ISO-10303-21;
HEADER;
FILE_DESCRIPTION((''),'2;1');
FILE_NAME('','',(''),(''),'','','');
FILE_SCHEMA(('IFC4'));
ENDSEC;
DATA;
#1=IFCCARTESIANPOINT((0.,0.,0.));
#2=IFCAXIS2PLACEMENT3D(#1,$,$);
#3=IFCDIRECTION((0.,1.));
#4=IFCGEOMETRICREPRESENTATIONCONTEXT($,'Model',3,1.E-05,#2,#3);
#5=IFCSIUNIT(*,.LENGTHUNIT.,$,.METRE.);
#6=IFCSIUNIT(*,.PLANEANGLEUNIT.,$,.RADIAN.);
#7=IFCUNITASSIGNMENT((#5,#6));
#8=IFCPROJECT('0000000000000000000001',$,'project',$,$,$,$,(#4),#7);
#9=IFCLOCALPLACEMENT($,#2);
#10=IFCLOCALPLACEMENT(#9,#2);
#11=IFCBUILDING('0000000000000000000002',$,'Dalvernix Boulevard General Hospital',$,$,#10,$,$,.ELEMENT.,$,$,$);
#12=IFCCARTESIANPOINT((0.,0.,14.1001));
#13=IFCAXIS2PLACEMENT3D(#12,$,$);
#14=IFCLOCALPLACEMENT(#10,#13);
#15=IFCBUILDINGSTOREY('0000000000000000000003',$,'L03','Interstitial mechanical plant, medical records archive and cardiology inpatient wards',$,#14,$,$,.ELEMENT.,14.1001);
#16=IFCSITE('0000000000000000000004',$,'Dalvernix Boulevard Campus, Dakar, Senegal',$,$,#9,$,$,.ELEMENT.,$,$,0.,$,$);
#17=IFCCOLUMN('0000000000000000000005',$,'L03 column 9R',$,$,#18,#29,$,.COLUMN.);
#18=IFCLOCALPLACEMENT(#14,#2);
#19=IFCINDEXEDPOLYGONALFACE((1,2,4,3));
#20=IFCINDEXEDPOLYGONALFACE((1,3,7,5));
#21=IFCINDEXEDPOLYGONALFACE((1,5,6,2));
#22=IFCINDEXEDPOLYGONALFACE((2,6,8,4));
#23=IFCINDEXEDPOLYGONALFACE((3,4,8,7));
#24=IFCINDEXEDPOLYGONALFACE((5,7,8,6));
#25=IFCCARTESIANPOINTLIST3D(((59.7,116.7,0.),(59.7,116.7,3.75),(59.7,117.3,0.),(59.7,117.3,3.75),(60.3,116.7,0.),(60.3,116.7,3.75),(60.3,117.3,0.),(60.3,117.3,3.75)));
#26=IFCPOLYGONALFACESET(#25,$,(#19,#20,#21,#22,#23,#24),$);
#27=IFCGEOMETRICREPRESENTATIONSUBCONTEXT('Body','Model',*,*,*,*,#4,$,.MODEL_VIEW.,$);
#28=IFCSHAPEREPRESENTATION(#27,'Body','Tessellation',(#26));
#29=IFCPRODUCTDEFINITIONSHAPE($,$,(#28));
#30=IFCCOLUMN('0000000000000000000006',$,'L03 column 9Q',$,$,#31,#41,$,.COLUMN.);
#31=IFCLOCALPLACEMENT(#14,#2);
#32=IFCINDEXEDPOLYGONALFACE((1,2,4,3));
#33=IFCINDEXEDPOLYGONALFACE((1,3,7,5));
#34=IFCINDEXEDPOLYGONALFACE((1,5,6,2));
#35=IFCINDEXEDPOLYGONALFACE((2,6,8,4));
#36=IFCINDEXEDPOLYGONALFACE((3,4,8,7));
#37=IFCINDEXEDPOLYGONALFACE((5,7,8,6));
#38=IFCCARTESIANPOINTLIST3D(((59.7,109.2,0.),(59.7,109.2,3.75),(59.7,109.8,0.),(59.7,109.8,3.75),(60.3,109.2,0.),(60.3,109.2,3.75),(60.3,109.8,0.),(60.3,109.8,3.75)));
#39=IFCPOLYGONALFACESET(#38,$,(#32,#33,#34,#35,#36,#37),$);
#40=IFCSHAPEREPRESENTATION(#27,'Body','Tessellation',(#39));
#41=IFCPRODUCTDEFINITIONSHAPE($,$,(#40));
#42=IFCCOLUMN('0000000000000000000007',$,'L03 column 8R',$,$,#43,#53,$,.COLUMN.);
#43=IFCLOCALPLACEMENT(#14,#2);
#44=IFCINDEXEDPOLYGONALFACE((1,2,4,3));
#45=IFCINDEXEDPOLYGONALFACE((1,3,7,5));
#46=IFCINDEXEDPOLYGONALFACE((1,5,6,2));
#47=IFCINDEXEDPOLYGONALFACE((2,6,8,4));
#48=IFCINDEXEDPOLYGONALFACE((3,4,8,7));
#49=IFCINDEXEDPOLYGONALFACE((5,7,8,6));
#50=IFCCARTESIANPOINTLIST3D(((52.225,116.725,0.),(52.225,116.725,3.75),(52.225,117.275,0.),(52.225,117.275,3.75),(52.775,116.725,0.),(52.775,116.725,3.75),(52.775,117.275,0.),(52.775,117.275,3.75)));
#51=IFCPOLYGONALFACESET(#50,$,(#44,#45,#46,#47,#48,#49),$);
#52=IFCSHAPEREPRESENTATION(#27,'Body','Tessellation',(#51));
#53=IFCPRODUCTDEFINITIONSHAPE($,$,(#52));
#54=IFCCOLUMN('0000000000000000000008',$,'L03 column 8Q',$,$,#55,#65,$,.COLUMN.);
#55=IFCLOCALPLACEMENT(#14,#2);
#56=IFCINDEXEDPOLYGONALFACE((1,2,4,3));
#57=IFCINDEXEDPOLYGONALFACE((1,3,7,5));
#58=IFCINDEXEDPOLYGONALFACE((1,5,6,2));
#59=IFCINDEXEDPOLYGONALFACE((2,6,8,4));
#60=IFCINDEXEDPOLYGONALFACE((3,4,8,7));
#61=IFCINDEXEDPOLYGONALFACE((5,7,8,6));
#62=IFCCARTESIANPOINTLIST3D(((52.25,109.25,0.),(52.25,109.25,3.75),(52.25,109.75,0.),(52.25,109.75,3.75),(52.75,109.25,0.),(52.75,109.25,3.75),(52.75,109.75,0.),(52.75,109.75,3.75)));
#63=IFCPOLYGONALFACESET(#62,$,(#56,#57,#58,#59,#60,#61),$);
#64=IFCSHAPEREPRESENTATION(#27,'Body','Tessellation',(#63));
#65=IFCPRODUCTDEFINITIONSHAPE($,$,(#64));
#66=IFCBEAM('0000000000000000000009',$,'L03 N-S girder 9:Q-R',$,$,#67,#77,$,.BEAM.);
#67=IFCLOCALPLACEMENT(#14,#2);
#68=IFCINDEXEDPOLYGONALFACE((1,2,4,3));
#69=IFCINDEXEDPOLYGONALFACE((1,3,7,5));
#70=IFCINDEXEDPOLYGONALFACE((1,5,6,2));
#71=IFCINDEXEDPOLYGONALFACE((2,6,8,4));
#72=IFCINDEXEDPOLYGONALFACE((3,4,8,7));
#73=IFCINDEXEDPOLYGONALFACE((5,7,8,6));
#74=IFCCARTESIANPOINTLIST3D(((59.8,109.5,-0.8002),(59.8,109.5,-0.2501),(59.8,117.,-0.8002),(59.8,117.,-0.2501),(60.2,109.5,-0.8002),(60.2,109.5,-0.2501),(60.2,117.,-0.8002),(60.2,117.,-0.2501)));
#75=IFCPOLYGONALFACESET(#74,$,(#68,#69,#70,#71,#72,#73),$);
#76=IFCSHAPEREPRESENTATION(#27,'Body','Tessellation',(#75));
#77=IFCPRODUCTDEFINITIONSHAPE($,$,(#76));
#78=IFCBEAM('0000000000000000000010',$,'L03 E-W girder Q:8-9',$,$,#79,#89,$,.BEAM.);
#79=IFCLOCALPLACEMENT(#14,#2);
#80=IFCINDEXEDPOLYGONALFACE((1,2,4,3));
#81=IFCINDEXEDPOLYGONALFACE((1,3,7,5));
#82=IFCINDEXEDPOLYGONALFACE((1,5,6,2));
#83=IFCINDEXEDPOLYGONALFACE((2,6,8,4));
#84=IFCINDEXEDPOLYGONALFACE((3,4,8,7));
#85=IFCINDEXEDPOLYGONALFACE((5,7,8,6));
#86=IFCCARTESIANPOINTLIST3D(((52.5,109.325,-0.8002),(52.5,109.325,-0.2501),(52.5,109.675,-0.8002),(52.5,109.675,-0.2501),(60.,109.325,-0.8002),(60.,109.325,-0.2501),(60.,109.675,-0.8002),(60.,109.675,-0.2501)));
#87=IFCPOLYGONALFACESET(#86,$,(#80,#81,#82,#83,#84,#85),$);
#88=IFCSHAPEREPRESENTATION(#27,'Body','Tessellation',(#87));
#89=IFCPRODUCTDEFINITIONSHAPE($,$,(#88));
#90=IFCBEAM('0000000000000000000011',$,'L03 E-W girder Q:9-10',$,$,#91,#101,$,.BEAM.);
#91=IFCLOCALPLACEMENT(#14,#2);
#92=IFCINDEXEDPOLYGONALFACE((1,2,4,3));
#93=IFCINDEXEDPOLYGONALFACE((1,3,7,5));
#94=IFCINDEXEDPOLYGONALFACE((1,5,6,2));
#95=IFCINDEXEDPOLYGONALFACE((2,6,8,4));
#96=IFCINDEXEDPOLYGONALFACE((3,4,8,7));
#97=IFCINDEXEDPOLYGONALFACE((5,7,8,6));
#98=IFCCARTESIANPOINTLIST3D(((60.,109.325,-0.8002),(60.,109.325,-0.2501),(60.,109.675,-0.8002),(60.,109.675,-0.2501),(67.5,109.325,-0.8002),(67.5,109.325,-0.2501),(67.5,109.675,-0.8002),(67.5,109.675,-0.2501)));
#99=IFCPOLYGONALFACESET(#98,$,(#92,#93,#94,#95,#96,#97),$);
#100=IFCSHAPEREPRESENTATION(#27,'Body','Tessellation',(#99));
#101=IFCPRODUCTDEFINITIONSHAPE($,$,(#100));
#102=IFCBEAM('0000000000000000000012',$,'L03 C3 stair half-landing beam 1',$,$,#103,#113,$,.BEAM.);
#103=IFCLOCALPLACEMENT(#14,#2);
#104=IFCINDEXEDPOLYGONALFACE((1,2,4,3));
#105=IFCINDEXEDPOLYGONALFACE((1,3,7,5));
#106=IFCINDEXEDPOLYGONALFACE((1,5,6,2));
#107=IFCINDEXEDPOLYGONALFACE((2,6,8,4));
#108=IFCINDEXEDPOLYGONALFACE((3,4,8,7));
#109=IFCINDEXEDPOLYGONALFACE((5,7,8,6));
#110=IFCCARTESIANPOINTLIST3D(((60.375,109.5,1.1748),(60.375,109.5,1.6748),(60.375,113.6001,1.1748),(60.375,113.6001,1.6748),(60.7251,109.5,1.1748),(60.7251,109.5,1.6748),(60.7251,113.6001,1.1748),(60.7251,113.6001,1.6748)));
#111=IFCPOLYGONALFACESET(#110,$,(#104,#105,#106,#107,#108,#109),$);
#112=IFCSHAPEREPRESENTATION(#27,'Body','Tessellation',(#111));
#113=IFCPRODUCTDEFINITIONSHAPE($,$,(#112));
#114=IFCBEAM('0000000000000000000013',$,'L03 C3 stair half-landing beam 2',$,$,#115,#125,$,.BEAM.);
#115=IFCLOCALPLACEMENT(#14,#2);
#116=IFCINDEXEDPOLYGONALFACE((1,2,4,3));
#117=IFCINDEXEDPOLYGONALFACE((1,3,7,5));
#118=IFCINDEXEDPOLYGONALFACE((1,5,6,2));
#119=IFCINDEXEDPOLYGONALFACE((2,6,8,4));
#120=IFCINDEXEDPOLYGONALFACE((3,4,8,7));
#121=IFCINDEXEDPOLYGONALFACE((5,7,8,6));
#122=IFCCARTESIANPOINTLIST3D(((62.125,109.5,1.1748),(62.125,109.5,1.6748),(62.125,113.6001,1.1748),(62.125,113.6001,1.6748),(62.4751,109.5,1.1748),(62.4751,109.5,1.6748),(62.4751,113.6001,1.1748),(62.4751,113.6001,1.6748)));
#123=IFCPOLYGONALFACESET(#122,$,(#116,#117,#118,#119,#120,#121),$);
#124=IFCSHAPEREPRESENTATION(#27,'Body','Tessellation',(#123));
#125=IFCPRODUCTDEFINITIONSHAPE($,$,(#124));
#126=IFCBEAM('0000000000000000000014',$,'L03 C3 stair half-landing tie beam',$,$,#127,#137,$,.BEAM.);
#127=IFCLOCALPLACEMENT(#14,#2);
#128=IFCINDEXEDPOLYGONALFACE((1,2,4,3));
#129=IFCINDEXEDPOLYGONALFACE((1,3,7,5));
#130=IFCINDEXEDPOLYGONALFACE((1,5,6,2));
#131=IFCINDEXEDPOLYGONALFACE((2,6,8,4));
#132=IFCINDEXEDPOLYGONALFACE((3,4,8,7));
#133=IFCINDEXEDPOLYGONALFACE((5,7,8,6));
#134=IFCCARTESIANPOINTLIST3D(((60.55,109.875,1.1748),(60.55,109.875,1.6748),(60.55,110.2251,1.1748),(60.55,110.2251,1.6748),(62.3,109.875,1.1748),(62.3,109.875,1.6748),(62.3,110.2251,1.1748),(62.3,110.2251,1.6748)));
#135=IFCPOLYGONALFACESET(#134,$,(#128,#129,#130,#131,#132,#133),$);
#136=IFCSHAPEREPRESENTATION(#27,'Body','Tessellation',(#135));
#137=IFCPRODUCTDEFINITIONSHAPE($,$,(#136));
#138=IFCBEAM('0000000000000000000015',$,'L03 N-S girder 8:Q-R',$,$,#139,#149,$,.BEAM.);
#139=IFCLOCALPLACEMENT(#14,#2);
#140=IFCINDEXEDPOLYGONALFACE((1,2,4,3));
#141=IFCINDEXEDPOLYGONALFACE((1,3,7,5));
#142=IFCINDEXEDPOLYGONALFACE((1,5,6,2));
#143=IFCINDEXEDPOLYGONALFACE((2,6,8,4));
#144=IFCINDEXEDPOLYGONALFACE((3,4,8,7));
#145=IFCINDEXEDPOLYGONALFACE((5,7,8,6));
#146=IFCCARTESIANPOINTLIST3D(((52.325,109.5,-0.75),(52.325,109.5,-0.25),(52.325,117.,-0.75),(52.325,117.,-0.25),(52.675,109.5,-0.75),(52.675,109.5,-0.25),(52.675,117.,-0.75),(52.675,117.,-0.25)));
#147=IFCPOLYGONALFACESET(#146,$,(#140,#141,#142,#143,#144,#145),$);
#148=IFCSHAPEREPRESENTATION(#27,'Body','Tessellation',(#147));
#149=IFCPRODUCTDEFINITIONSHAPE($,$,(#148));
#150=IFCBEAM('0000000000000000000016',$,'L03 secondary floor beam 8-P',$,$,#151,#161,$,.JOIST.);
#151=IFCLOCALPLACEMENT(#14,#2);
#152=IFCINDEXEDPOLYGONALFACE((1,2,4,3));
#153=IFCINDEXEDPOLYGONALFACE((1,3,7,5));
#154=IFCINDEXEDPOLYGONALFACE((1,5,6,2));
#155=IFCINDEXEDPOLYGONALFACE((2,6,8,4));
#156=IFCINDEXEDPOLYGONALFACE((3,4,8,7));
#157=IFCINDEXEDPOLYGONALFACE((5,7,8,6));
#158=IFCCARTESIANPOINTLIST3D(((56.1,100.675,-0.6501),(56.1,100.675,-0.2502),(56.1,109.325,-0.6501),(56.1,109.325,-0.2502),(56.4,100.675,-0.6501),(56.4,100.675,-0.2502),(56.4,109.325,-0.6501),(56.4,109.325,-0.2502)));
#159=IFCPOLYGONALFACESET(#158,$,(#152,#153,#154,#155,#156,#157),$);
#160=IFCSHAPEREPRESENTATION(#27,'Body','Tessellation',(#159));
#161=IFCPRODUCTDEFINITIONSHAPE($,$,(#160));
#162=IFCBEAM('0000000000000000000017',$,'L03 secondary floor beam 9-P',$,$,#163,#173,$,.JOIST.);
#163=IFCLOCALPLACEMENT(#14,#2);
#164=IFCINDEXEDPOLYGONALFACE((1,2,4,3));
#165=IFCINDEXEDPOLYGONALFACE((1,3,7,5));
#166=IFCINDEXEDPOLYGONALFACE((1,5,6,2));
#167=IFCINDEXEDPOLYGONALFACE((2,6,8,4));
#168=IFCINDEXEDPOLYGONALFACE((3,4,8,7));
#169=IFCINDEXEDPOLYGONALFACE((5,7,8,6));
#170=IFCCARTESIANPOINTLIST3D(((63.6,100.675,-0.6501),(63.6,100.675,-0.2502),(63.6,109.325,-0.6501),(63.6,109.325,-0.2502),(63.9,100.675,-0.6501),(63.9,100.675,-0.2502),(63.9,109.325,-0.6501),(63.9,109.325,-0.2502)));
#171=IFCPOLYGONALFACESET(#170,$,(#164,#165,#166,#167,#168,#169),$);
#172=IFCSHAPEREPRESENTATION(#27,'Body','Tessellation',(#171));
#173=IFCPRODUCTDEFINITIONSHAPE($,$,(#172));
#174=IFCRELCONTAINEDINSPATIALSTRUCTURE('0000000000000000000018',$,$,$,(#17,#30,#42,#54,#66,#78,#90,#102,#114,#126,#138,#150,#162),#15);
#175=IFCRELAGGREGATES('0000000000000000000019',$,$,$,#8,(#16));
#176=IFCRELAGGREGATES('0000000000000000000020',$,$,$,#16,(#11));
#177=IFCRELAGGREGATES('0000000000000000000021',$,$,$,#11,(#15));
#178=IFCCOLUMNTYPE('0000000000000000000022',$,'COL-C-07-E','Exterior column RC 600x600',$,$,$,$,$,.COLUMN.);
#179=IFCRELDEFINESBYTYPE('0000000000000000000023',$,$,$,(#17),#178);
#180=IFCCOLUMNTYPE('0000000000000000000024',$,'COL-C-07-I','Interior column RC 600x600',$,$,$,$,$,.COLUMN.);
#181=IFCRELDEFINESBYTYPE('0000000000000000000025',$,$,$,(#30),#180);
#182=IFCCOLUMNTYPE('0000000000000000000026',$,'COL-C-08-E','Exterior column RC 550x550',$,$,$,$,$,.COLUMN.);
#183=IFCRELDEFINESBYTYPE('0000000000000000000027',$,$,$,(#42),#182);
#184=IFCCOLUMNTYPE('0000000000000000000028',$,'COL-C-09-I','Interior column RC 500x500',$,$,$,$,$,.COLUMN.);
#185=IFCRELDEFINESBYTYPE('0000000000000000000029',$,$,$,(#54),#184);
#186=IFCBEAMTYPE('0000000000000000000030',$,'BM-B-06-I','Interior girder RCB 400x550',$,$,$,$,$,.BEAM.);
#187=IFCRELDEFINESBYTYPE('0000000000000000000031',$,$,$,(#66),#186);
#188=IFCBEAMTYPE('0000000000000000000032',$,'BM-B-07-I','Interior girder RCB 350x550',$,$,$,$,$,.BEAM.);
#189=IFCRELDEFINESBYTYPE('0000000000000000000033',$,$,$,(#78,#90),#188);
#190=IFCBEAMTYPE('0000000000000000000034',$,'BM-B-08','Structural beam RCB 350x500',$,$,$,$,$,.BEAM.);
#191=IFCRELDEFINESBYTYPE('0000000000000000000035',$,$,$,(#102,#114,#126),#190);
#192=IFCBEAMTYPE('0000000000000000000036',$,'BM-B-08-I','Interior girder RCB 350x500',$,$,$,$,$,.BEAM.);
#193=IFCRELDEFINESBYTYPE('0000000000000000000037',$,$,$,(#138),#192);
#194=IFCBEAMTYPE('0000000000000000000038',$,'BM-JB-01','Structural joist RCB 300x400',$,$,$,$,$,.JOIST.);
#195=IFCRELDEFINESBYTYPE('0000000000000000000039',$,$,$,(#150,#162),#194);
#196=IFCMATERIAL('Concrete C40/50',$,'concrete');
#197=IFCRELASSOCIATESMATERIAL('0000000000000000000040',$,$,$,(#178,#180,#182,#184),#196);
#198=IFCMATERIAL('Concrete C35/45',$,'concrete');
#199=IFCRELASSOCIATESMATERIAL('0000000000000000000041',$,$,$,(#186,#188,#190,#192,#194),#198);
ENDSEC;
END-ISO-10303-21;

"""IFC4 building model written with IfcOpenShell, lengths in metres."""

from ifc_helpers import new_model, si_unit, direction, frame, origin, origin_2d, place, context, subcontext, project, spatial, rectangle, extrude, material, material_profile, profile_set, type_object, element, save


model = new_model("IFC4")

# Units and contexts
model_context = context("Model", 3, precision=1e-05, world=origin(), true_north=direction((0.0, 1.0)))
body_context = subcontext(model_context, "Body", "Model", "MODEL_VIEW")
ifc_project = project(units=[si_unit("LENGTHUNIT", "METRE"), si_unit("PLANEANGLEUNIT", "RADIAN")], contexts=[model_context])

# Site, building, storey
site_placement = place(None, origin())
site = spatial("IfcSite", under=ifc_project, at=site_placement, Name="Dalvernix Boulevard Campus, Dakar, Senegal", CompositionType="ELEMENT", RefElevation=0.0)
building_placement = place(site_placement, origin())
building = spatial("IfcBuilding", under=site, at=building_placement, Name="Dalvernix Boulevard General Hospital", CompositionType="ELEMENT")
storey_placement = place(building_placement, frame((0.0, 0.0, 14.1001)))
storey = spatial("IfcBuildingStorey", under=building, at=storey_placement, Name="L03", Description="Interstitial mechanical plant, medical records archive and cardiology inpatient wards", CompositionType="ELEMENT", Elevation=14.1001)

# Columns
ifc_material_1 = material(Name="Concrete C40/50", Category="concrete")
ifc_material_profile_1 = material_profile(ifc_material_1, rectangle(XDim=0.6001, YDim=0.6001, at=origin_2d()), Name="RC 600x600")
ifc_profile_set_1 = profile_set([ifc_material_profile_1], Name="Concrete C40/50")
column_type_1 = type_object("IfcColumnType", Name="COL-C-07-E", Description="Exterior column RC 600x600", PredefinedType="COLUMN", material=ifc_profile_set_1)
column_1_placement = place(storey_placement, frame((60.0, 117.0, 0.0), z_axis=(0.0, 0.0, 1.0), x_axis=(1.0, 0.0, 0.0)))
element("IfcColumn", 1, at=column_1_placement, inside=storey, type_object=column_type_1, Name="L03 column 9R", PredefinedType="COLUMN", context=body_context, shape_type="SweptSolid", body=[
    extrude(rectangle(XDim=0.6001, YDim=0.6001, at=origin_2d()), origin(), (0.0, 0.0, 1.0), 3.75),
])
ifc_material_profile_2 = material_profile(ifc_material_1, rectangle(XDim=0.6001, YDim=0.6001, at=origin_2d()), Name="RC 600x600")
ifc_profile_set_2 = profile_set([ifc_material_profile_2], Name="Concrete C40/50")
column_type_2 = type_object("IfcColumnType", Name="COL-C-07-I", Description="Interior column RC 600x600", PredefinedType="COLUMN", material=ifc_profile_set_2)
column_2_placement = place(storey_placement, frame((60.0, 109.5, 0.0), z_axis=(0.0, 0.0, 1.0), x_axis=(1.0, 0.0, 0.0)))
element("IfcColumn", 2, at=column_2_placement, inside=storey, type_object=column_type_2, Name="L03 column 9Q", PredefinedType="COLUMN", context=body_context, shape_type="SweptSolid", body=[
    extrude(rectangle(XDim=0.6001, YDim=0.6001, at=origin_2d()), origin(), (0.0, 0.0, 1.0), 3.75),
])
ifc_material_profile_3 = material_profile(ifc_material_1, rectangle(XDim=0.55, YDim=0.55, at=origin_2d()), Name="RC 550x550")
ifc_profile_set_3 = profile_set([ifc_material_profile_3], Name="Concrete C40/50")
column_type_3 = type_object("IfcColumnType", Name="COL-C-08-E", Description="Exterior column RC 550x550", PredefinedType="COLUMN", material=ifc_profile_set_3)
column_3_placement = place(storey_placement, frame((52.5, 117.0, 0.0), z_axis=(0.0, 0.0, 1.0), x_axis=(1.0, 0.0, 0.0)))
element("IfcColumn", 3, at=column_3_placement, inside=storey, type_object=column_type_3, Name="L03 column 8R", PredefinedType="COLUMN", context=body_context, shape_type="SweptSolid", body=[
    extrude(rectangle(XDim=0.55, YDim=0.55, at=origin_2d()), origin(), (0.0, 0.0, 1.0), 3.75),
])
ifc_material_profile_4 = material_profile(ifc_material_1, rectangle(XDim=0.5, YDim=0.5, at=origin_2d()), Name="RC 500x500")
ifc_profile_set_4 = profile_set([ifc_material_profile_4], Name="Concrete C40/50")
column_type_4 = type_object("IfcColumnType", Name="COL-C-09-I", Description="Interior column RC 500x500", PredefinedType="COLUMN", material=ifc_profile_set_4)
column_4_placement = place(storey_placement, frame((52.5, 109.5, 0.0), z_axis=(0.0, 0.0, 1.0), x_axis=(1.0, 0.0, 0.0)))
element("IfcColumn", 4, at=column_4_placement, inside=storey, type_object=column_type_4, Name="L03 column 8Q", PredefinedType="COLUMN", context=body_context, shape_type="SweptSolid", body=[
    extrude(rectangle(XDim=0.5, YDim=0.5, at=origin_2d()), origin(), (0.0, 0.0, 1.0), 3.75),
])

# Beams
ifc_material_2 = material(Name="Concrete C35/45", Category="concrete")
ifc_material_profile_5 = material_profile(ifc_material_2, rectangle(XDim=0.3999, YDim=0.55, at=origin_2d()), Name="RCB 400x550")
ifc_profile_set_5 = profile_set([ifc_material_profile_5], Name="Concrete C35/45")
beam_type_1 = type_object("IfcBeamType", Name="BM-B-06-I", Description="Interior girder RCB 400x550", PredefinedType="BEAM", material=ifc_profile_set_5)
beam_1_placement = place(storey_placement, frame((60.0, 109.5, -0.5251), z_axis=(0.0, 1.0, 0.0), x_axis=(-1.0, 0.0, 0.0)))
element("IfcBeam", 5, at=beam_1_placement, inside=storey, type_object=beam_type_1, Name="L03 N-S girder 9:Q-R", PredefinedType="BEAM", context=body_context, shape_type="SweptSolid", body=[
    extrude(rectangle(XDim=0.3999, YDim=0.55, at=origin_2d()), origin(), (0.0, 0.0, 1.0), 7.5),
])
ifc_material_profile_6 = material_profile(ifc_material_2, rectangle(XDim=0.3501, YDim=0.55, at=origin_2d()), Name="RCB 350x550")
ifc_profile_set_6 = profile_set([ifc_material_profile_6], Name="Concrete C35/45")
beam_type_2 = type_object("IfcBeamType", Name="BM-B-07-I", Description="Interior girder RCB 350x550", PredefinedType="BEAM", material=ifc_profile_set_6)
for number, where, z_axis, x_axis, name in (
    (6, (52.5, 109.5, -0.5251), (1.0, 0.0, 0.0), (0.0, 1.0, 0.0), "L03 E-W girder Q:8-9"),
    (7, (60.0, 109.5, -0.5251), (1.0, 0.0, 0.0), (0.0, 1.0, 0.0), "L03 E-W girder Q:9-10"),
):
    element("IfcBeam", number, at=place(storey_placement, frame(where, z_axis=z_axis, x_axis=x_axis)), inside=storey, type_object=beam_type_2, Name=name, PredefinedType="BEAM", context=body_context, shape_type="SweptSolid", body=[
        extrude(rectangle(XDim=0.3501, YDim=0.55, at=origin_2d()), origin(), (0.0, 0.0, 1.0), 7.5),
    ])
ifc_material_profile_7 = material_profile(ifc_material_2, rectangle(XDim=0.3501, YDim=0.5, at=origin_2d()), Name="RCB 350x500")
ifc_profile_set_7 = profile_set([ifc_material_profile_7], Name="Concrete C35/45")
beam_type_3 = type_object("IfcBeamType", Name="BM-B-08", Description="Structural beam RCB 350x500", PredefinedType="BEAM", material=ifc_profile_set_7)
for number, where, z_axis, x_axis, name in (
    (8, (60.55, 109.5, 1.4248), (0.0, 1.0, 0.0), (-1.0, 0.0, 0.0), "L03 C3 stair half-landing beam 1"),
    (9, (62.3, 109.5, 1.4248), (0.0, 1.0, 0.0), (-1.0, 0.0, 0.0), "L03 C3 stair half-landing beam 2"),
):
    element("IfcBeam", number, at=place(storey_placement, frame(where, z_axis=z_axis, x_axis=x_axis)), inside=storey, type_object=beam_type_3, Name=name, PredefinedType="BEAM", context=body_context, shape_type="SweptSolid", body=[
        extrude(rectangle(XDim=0.3501, YDim=0.5, at=origin_2d()), origin(), (0.0, 0.0, 1.0), 4.1001),
    ])
beam_2_placement = place(storey_placement, frame((60.55, 110.05, 1.4248), z_axis=(1.0, 0.0, 0.0), x_axis=(0.0, 1.0, 0.0)))
element("IfcBeam", 10, at=beam_2_placement, inside=storey, type_object=beam_type_3, Name="L03 C3 stair half-landing tie beam", PredefinedType="BEAM", context=body_context, shape_type="SweptSolid", body=[
    extrude(rectangle(XDim=0.3501, YDim=0.5, at=origin_2d()), origin(), (0.0, 0.0, 1.0), 1.75),
])
ifc_material_profile_8 = material_profile(ifc_material_2, rectangle(XDim=0.3501, YDim=0.5, at=origin_2d()), Name="RCB 350x500")
ifc_profile_set_8 = profile_set([ifc_material_profile_8], Name="Concrete C35/45")
beam_type_4 = type_object("IfcBeamType", Name="BM-B-08-I", Description="Interior girder RCB 350x500", PredefinedType="BEAM", material=ifc_profile_set_8)
beam_3_placement = place(storey_placement, frame((52.5, 109.5, -0.5), z_axis=(0.0, 1.0, 0.0), x_axis=(-1.0, 0.0, 0.0)))
element("IfcBeam", 11, at=beam_3_placement, inside=storey, type_object=beam_type_4, Name="L03 N-S girder 8:Q-R", PredefinedType="BEAM", context=body_context, shape_type="SweptSolid", body=[
    extrude(rectangle(XDim=0.3501, YDim=0.5, at=origin_2d()), origin(), (0.0, 0.0, 1.0), 7.5),
])
ifc_material_profile_9 = material_profile(ifc_material_2, rectangle(XDim=0.3, YDim=0.3999, at=origin_2d()), Name="RCB 300x400")
ifc_profile_set_9 = profile_set([ifc_material_profile_9], Name="Concrete C35/45")
beam_type_5 = type_object("IfcBeamType", Name="BM-JB-01", Description="Structural joist RCB 300x400", PredefinedType="JOIST", material=ifc_profile_set_9)
for number, where, z_axis, x_axis, name in (
    (12, (56.25, 100.675, -0.4502), (0.0, 1.0, 0.0), (-1.0, 0.0, 0.0), "L03 secondary floor beam 8-P"),
    (13, (63.75, 100.675, -0.4502), (0.0, 1.0, 0.0), (-1.0, 0.0, 0.0), "L03 secondary floor beam 9-P"),
):
    element("IfcBeam", number, at=place(storey_placement, frame(where, z_axis=z_axis, x_axis=x_axis)), inside=storey, type_object=beam_type_5, Name=name, PredefinedType="JOIST", context=body_context, shape_type="SweptSolid", body=[
        extrude(rectangle(XDim=0.3, YDim=0.3999, at=origin_2d()), origin(), (0.0, 0.0, 1.0), 8.6499),
    ])

save(model, "model.ifc")
